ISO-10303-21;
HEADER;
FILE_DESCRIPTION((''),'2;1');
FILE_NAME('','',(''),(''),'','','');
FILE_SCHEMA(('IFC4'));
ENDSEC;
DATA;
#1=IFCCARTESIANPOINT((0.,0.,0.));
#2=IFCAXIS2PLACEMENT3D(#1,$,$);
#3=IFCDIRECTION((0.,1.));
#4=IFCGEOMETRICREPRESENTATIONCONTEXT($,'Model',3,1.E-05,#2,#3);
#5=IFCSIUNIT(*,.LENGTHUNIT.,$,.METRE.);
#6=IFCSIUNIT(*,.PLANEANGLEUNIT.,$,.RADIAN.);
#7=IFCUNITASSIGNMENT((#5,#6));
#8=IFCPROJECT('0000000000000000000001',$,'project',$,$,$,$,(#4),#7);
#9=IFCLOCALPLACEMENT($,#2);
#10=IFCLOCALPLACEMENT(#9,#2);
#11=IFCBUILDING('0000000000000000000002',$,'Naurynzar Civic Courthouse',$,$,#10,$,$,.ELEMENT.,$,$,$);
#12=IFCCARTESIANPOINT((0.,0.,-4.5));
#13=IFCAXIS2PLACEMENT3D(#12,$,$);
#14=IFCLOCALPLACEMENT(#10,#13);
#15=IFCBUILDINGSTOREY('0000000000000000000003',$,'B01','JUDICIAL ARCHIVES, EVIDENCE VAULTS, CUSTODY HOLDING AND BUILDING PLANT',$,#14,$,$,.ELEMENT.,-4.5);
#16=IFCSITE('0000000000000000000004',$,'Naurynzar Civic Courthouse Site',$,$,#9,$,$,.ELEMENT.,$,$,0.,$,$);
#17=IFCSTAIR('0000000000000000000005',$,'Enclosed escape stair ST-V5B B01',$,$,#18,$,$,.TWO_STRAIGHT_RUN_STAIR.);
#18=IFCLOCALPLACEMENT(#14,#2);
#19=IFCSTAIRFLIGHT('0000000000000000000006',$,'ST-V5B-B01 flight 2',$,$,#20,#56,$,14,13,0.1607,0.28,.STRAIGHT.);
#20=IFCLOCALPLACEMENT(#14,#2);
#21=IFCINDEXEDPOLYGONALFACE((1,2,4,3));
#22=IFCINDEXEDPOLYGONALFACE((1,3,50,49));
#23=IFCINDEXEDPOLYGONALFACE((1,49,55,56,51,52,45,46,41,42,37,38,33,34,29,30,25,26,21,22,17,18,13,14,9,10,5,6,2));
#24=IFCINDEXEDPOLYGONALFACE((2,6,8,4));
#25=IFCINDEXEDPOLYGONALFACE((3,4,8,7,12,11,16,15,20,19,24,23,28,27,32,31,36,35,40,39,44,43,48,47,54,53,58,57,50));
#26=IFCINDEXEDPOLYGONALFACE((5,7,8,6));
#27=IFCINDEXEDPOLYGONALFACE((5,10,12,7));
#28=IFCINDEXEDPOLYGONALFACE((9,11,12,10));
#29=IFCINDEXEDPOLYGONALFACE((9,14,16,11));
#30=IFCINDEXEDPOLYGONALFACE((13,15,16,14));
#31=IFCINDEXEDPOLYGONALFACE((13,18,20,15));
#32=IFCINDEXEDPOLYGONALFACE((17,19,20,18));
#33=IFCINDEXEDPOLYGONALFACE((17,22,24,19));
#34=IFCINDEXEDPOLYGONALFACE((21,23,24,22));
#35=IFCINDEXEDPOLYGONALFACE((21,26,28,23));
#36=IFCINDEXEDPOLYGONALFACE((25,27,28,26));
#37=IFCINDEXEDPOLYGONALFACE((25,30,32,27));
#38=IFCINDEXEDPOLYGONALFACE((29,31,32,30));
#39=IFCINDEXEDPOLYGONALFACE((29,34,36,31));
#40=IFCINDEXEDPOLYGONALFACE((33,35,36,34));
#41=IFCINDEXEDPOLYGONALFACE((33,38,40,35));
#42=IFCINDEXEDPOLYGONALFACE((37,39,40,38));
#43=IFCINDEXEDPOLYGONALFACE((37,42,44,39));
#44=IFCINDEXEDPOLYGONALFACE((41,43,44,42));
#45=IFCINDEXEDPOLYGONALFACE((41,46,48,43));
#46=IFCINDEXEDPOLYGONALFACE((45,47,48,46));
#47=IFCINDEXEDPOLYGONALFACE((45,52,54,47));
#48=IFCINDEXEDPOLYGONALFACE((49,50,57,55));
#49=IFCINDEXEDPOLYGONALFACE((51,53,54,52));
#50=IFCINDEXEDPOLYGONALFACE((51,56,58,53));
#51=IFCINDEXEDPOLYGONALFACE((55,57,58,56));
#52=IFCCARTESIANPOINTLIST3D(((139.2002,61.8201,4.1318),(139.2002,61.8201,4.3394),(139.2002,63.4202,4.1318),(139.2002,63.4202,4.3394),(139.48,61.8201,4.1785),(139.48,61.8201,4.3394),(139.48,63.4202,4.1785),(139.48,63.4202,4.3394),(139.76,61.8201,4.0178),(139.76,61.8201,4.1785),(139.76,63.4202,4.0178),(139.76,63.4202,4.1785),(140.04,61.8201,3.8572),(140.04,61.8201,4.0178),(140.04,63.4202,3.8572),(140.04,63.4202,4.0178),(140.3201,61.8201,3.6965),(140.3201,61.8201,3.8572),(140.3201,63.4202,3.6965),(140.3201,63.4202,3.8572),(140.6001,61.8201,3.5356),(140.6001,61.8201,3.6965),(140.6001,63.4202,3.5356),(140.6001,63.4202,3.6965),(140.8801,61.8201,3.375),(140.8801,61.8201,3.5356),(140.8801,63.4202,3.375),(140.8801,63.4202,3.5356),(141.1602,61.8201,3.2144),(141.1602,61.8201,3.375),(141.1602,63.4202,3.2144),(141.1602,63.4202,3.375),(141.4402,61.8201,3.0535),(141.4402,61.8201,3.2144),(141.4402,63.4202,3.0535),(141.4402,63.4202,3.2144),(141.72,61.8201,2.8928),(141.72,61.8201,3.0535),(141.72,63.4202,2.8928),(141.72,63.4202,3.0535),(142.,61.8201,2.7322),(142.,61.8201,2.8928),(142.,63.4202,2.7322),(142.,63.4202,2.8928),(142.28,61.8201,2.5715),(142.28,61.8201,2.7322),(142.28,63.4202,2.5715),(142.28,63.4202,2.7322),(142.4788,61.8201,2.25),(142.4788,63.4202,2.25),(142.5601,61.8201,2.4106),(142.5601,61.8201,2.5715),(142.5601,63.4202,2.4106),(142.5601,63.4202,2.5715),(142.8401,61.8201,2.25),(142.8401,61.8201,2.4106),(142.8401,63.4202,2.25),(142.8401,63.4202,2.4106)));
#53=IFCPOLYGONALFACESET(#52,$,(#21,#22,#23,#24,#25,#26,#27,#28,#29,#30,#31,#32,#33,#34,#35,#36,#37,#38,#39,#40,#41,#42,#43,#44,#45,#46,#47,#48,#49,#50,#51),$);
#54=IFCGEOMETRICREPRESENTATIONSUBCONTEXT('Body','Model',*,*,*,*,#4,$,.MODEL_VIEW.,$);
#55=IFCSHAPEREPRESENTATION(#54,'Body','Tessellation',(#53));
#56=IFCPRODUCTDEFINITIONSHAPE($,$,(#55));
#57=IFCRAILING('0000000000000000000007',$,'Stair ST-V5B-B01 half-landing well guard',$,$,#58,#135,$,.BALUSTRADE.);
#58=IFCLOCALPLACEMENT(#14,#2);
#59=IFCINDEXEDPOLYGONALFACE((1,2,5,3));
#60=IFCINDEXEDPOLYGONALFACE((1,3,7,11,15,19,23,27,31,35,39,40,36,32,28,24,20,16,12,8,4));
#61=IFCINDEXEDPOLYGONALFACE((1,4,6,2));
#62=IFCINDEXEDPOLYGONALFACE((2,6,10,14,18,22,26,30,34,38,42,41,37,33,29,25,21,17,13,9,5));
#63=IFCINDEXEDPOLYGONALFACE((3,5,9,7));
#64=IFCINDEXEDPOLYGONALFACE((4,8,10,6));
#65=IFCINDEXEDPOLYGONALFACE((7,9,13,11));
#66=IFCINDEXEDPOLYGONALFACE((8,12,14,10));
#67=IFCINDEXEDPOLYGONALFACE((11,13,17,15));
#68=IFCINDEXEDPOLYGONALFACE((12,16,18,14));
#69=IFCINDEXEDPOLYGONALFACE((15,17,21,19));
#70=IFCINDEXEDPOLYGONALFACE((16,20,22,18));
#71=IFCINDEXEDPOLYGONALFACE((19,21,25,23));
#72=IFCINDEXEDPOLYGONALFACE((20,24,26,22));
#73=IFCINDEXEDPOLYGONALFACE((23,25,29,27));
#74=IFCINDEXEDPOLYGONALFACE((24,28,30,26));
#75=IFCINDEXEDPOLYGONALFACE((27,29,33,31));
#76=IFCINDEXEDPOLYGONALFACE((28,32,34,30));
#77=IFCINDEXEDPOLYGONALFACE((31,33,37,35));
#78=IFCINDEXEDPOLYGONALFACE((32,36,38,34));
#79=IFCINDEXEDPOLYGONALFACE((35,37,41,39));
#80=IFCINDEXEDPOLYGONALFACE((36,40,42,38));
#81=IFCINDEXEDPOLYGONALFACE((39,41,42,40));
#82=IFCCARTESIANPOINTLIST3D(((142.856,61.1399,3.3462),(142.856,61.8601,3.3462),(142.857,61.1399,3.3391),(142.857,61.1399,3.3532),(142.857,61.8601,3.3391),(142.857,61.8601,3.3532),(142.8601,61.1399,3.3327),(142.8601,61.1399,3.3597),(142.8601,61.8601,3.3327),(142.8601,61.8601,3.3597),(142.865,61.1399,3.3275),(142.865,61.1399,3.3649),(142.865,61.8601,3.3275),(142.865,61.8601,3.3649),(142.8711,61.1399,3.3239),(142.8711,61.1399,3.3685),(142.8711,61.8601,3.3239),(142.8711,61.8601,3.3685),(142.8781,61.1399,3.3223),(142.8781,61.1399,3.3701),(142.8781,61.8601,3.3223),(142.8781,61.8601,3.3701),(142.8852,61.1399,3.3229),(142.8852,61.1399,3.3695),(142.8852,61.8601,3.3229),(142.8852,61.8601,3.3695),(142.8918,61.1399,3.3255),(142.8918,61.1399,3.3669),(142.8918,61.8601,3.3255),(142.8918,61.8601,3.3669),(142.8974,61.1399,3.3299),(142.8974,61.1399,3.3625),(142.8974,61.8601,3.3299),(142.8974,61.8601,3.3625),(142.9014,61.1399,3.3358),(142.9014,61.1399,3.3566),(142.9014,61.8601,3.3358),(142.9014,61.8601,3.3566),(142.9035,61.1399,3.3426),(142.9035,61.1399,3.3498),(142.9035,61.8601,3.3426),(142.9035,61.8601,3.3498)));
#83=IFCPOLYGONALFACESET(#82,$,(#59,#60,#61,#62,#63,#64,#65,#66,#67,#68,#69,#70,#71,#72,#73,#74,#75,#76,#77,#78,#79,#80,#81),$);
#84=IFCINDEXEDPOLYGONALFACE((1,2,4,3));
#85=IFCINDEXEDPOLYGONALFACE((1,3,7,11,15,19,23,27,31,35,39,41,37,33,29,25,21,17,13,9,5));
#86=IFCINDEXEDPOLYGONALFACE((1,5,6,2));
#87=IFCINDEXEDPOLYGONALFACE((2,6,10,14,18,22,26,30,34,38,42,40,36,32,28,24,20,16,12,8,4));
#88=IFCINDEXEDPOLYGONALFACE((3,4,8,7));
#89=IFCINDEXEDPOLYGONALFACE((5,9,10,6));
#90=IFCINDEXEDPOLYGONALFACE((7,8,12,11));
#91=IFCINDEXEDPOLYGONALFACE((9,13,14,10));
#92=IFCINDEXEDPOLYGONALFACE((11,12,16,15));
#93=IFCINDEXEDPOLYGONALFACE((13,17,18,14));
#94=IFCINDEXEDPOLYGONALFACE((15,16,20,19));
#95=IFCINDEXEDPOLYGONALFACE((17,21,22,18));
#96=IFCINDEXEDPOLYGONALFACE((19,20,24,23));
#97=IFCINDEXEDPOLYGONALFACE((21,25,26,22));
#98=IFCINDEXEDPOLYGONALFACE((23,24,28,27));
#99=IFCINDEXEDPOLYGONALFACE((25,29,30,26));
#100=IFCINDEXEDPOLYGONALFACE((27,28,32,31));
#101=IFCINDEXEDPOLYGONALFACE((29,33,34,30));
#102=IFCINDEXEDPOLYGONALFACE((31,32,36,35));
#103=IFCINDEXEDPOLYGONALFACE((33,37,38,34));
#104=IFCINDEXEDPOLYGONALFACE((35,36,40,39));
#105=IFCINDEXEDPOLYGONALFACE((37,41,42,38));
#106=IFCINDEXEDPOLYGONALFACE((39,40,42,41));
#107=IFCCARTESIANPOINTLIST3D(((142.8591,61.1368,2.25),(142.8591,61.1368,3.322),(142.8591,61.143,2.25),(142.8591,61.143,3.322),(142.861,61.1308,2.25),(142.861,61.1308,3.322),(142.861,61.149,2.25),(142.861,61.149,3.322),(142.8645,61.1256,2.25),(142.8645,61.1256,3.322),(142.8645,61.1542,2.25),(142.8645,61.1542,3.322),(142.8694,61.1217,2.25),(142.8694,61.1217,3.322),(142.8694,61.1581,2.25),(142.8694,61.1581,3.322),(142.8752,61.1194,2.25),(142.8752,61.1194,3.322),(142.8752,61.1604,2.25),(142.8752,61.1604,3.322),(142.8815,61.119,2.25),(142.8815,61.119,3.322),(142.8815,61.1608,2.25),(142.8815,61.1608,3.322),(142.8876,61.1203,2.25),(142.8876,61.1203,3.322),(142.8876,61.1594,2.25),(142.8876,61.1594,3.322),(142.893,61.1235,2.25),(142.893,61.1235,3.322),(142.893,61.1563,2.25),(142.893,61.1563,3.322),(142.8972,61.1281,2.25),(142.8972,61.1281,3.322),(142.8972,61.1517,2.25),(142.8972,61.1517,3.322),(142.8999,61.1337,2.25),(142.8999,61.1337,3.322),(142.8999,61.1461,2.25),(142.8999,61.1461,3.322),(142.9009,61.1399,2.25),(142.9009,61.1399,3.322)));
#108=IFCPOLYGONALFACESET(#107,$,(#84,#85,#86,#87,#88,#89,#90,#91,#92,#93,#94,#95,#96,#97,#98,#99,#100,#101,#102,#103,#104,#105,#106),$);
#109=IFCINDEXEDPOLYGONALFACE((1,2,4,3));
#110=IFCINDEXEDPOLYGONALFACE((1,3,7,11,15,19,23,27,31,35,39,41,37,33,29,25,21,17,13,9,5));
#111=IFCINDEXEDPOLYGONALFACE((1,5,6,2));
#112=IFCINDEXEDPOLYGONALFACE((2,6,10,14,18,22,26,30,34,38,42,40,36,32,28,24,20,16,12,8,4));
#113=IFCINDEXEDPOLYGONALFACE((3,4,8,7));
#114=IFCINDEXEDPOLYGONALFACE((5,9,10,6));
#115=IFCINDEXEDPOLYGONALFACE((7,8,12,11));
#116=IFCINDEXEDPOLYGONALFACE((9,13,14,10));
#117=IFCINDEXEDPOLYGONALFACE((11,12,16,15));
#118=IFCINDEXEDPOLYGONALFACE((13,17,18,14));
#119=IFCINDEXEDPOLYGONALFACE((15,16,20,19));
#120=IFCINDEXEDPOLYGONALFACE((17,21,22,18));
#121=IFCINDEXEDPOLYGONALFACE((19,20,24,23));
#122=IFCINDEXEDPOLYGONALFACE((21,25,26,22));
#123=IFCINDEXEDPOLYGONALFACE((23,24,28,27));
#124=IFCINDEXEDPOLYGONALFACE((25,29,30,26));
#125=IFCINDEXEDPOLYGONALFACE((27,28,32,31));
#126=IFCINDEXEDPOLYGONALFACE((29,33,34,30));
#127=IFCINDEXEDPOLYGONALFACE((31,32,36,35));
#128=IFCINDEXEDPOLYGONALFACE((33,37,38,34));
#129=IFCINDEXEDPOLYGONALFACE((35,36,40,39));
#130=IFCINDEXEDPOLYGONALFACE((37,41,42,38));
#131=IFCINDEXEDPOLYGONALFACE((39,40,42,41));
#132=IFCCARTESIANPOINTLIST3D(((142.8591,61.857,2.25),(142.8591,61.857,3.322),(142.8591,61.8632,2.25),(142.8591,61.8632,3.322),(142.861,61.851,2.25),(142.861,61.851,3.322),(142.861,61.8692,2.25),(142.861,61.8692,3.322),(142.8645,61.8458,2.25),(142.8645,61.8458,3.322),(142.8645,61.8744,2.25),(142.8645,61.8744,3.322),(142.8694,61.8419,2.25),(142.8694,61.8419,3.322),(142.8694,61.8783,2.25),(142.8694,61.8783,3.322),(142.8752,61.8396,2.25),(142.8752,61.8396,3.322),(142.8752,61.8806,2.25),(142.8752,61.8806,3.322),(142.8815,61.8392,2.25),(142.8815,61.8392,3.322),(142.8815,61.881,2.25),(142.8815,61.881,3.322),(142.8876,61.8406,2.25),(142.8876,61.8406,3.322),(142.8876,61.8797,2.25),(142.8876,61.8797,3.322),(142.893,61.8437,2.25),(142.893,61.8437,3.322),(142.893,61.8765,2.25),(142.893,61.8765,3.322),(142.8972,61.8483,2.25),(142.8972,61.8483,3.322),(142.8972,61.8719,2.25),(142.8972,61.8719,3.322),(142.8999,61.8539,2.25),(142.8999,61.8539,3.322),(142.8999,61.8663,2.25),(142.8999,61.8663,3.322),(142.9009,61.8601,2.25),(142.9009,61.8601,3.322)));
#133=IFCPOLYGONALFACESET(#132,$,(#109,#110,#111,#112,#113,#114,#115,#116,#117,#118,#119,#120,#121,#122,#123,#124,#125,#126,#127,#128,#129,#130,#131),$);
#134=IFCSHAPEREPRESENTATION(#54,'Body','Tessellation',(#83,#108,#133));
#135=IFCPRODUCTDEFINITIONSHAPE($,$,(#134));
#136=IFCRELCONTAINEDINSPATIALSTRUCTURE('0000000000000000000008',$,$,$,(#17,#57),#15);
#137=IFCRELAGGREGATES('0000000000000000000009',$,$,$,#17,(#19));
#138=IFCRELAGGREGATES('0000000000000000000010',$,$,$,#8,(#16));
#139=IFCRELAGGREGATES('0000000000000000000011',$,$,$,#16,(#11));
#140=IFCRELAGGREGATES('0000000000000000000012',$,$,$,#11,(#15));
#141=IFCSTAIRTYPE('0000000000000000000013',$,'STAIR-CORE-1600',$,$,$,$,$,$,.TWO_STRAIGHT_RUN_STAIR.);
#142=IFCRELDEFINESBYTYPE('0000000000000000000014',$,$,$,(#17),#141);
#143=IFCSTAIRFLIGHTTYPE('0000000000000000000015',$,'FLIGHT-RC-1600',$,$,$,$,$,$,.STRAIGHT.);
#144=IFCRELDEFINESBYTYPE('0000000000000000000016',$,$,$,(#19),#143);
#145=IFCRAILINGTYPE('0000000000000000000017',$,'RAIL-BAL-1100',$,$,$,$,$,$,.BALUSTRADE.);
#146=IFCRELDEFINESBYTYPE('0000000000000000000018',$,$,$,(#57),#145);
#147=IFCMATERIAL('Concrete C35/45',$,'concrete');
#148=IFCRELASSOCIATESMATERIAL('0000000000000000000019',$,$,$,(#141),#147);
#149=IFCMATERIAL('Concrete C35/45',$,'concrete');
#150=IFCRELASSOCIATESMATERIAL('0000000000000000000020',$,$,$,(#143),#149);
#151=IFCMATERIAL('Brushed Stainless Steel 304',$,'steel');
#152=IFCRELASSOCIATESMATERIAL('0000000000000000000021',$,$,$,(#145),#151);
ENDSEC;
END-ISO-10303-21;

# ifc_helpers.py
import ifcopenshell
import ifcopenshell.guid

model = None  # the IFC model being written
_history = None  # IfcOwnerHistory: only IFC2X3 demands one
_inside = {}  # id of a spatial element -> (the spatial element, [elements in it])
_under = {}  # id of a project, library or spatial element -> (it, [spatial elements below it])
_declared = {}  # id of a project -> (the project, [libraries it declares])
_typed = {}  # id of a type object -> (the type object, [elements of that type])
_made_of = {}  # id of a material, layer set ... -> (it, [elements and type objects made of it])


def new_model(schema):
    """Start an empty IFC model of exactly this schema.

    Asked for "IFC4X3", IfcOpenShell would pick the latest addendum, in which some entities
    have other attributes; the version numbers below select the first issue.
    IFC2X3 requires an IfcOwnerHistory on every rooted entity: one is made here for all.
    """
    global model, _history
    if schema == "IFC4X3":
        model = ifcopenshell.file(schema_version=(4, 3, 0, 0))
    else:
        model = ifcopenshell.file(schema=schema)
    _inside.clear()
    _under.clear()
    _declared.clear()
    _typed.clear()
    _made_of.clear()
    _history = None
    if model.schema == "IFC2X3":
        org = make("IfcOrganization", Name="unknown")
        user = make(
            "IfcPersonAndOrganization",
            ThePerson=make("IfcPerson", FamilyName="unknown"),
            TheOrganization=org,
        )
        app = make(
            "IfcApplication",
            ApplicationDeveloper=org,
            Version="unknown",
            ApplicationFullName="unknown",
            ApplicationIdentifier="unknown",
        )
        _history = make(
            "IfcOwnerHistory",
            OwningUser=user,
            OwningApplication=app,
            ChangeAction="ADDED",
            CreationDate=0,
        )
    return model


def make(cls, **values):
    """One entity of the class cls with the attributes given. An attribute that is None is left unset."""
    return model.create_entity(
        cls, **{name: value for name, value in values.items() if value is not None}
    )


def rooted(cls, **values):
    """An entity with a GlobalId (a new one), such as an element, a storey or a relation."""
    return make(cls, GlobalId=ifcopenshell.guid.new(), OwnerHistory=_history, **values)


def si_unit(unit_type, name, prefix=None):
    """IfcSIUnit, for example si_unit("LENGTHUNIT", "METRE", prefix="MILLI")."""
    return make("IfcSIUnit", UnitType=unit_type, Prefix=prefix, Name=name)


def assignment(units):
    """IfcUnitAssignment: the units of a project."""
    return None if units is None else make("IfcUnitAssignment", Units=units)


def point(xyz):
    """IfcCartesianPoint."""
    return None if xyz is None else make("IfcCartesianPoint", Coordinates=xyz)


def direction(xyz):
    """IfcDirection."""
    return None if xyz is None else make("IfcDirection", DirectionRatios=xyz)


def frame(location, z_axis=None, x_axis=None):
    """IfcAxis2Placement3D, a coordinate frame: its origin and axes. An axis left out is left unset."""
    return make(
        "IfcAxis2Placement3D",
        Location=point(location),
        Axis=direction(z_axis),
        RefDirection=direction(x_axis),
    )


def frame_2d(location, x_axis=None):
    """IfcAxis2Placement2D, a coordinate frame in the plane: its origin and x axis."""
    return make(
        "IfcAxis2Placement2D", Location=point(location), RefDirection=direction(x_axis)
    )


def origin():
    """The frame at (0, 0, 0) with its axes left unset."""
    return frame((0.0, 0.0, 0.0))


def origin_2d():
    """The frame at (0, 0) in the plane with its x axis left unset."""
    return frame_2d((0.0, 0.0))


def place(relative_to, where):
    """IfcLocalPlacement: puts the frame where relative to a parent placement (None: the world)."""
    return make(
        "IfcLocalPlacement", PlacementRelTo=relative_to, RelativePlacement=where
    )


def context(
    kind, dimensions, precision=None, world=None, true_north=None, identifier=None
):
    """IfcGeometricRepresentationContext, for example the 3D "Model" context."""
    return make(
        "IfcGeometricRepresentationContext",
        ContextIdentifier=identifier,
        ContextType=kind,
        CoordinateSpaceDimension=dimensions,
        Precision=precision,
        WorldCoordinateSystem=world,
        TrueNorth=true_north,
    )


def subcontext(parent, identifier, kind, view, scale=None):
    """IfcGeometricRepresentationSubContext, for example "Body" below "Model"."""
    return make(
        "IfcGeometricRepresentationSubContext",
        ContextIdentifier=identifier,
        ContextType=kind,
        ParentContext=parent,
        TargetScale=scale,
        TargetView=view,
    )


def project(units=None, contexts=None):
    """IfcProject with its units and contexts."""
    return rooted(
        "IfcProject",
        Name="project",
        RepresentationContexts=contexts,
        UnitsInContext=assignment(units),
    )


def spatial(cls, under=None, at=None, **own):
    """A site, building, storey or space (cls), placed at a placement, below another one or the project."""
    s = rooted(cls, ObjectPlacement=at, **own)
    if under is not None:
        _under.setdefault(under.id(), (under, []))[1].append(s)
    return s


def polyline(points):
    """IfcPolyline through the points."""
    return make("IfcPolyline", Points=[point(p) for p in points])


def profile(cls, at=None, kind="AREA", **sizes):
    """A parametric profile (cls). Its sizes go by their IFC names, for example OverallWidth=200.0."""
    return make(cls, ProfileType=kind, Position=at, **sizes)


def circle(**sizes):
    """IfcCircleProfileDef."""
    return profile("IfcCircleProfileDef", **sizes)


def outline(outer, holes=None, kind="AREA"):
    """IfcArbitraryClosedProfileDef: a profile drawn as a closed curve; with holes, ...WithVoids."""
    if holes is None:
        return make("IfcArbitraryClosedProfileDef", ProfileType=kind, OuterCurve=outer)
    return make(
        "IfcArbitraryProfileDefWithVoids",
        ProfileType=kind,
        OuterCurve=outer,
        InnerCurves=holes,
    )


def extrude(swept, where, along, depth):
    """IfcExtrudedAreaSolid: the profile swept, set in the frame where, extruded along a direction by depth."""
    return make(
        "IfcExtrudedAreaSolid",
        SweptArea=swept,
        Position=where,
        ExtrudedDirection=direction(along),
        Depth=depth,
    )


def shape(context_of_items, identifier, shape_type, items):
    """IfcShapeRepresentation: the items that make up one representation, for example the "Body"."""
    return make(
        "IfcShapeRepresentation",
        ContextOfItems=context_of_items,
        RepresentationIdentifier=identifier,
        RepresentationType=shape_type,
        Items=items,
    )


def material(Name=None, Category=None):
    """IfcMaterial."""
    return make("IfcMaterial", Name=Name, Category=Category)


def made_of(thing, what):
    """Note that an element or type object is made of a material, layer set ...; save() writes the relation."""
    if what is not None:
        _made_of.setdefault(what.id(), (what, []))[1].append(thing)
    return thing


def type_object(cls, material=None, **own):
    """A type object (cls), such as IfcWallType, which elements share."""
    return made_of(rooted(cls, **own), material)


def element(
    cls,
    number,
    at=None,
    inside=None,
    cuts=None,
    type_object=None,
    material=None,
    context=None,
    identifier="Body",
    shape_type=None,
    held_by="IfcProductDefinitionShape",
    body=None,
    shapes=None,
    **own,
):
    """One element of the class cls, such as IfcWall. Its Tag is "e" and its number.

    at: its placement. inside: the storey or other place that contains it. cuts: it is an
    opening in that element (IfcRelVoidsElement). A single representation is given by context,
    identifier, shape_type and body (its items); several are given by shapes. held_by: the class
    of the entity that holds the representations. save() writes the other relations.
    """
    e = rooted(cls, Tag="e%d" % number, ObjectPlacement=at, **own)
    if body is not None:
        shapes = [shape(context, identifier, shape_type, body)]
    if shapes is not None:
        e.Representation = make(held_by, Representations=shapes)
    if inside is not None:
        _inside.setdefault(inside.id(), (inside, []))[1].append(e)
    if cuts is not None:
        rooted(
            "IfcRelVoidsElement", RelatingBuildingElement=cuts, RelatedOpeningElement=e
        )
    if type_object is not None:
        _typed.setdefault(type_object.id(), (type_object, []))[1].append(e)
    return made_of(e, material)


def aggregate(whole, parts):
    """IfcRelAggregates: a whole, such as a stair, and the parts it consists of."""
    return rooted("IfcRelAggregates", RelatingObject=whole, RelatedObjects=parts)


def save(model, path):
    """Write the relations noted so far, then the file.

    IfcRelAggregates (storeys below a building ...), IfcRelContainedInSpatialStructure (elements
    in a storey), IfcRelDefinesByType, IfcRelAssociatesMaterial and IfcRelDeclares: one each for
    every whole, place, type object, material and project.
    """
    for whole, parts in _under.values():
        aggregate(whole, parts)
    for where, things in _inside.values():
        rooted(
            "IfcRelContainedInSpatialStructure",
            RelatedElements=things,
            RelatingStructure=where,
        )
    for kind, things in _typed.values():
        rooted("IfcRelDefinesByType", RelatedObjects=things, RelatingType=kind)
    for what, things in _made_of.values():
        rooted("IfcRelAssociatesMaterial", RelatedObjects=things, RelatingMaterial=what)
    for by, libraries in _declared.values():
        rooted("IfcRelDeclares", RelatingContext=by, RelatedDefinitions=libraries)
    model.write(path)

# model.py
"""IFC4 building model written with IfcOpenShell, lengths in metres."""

from ifc_helpers import new_model, si_unit, direction, frame, origin, origin_2d, place, context, subcontext, project, spatial, polyline, circle, outline, extrude, material, type_object, element, aggregate, save


model = new_model("IFC4")

# Units and contexts
model_context = context("Model", 3, precision=1e-05, world=origin(), true_north=direction((0.0, 1.0)))
body_context = subcontext(model_context, "Body", "Model", "MODEL_VIEW")
ifc_project = project(units=[si_unit("LENGTHUNIT", "METRE"), si_unit("PLANEANGLEUNIT", "RADIAN")], contexts=[model_context])

# Site, building, storey
site_placement = place(None, origin())
site = spatial("IfcSite", under=ifc_project, at=site_placement, Name="Naurynzar Civic Courthouse Site", CompositionType="ELEMENT", RefElevation=0.0)
building_placement = place(site_placement, origin())
building = spatial("IfcBuilding", under=site, at=building_placement, Name="Naurynzar Civic Courthouse", CompositionType="ELEMENT")
storey_placement = place(building_placement, frame((0.0, 0.0, -4.5)))
storey = spatial("IfcBuildingStorey", under=building, at=storey_placement, Name="B01", Description="JUDICIAL ARCHIVES, EVIDENCE VAULTS, CUSTODY HOLDING AND BUILDING PLANT", CompositionType="ELEMENT", Elevation=-4.5)

# Stair, stair flight
ifc_material_1 = material(Name="Concrete C35/45", Category="concrete")
stair_type = type_object("IfcStairType", Name="STAIR-CORE-1600", PredefinedType="TWO_STRAIGHT_RUN_STAIR", material=ifc_material_1)
stair_placement = place(storey_placement, origin())
stair = element("IfcStair", 1, at=stair_placement, inside=storey, type_object=stair_type, Name="Enclosed escape stair ST-V5B B01", PredefinedType="TWO_STRAIGHT_RUN_STAIR")
ifc_material_2 = material(Name="Concrete C35/45", Category="concrete")
stair_flight_type = type_object("IfcStairFlightType", Name="FLIGHT-RC-1600", PredefinedType="STRAIGHT", material=ifc_material_2)
stair_flight_1_placement = place(storey_placement, frame((142.8401, 62.6201, 2.25), z_axis=(0.0, 0.0, 1.0), x_axis=(-1.0, 0.0, 0.0)))
stair_flight_1 = element("IfcStairFlight", 2, at=stair_flight_1_placement, type_object=stair_flight_type, Name="ST-V5B-B01 flight 2", NumberOfRisers=14, NumberOfTreads=13, PredefinedType="STRAIGHT", RiserHeight=0.1607, TreadLength=0.28, context=body_context, shape_type="SweptSolid", body=[
    extrude(outline(polyline([(0.0, 0.0), (0.0, 0.1606), (0.28, 0.1606), (0.28, 0.3215), (0.5601, 0.3215), (0.5601, 0.4822), (0.8401, 0.4822), (0.8401, 0.6428), (1.1201, 0.6428), (1.1201, 0.8035), (1.3999, 0.8035), (1.3999, 0.9644), (1.6799, 0.9644), (1.6799, 1.125), (1.96, 1.125), (1.96, 1.2856), (2.24, 1.2856), (2.24, 1.4465), (2.52, 1.4465), (2.52, 1.6072), (2.8, 1.6072), (2.8, 1.7678), (3.0801, 1.7678), (3.0801, 1.9285), (3.3601, 1.9285), (3.3601, 2.0894), (3.6399, 2.0894), (3.6399, 2.25), (3.6399, 1.8818), (0.3613, 0.0), (0.0, 0.0)])), frame((0.0, 0.8, 0.0), z_axis=(0.0, -1.0, 0.0), x_axis=(1.0, 0.0, 0.0)), (0.0, 0.0, 1.0), 1.6001),
])
aggregate(stair, [stair_flight_1])

# Railing
ifc_material_3 = material(Name="Brushed Stainless Steel 304", Category="steel")
railing_type_1 = type_object("IfcRailingType", Name="RAIL-BAL-1100", PredefinedType="BALUSTRADE", material=ifc_material_3)
railing_1_placement = place(storey_placement, frame((142.8799, 61.1399, 2.25)))
element("IfcRailing", 3, at=railing_1_placement, inside=storey, type_object=railing_type_1, Name="Stair ST-V5B-B01 half-landing well guard", PredefinedType="BALUSTRADE", context=body_context, shape_type="SweptSolid", body=[
    extrude(circle(Radius=0.0239, at=origin_2d()), frame((0.0, 0.0, 1.0962), z_axis=(0.0, 1.0, 0.0), x_axis=(-1.0, 0.0, 0.0)), (0.0, 0.0, 1.0), 0.7202),
    extrude(circle(Radius=0.021, at=origin_2d()), origin(), (0.0, 0.0, 1.0), 1.072),
    extrude(circle(Radius=0.021, at=origin_2d()), frame((0.0, 0.7202, 0.0)), (0.0, 0.0, 1.0), 1.072),
])

save(model, "model.ifc")
